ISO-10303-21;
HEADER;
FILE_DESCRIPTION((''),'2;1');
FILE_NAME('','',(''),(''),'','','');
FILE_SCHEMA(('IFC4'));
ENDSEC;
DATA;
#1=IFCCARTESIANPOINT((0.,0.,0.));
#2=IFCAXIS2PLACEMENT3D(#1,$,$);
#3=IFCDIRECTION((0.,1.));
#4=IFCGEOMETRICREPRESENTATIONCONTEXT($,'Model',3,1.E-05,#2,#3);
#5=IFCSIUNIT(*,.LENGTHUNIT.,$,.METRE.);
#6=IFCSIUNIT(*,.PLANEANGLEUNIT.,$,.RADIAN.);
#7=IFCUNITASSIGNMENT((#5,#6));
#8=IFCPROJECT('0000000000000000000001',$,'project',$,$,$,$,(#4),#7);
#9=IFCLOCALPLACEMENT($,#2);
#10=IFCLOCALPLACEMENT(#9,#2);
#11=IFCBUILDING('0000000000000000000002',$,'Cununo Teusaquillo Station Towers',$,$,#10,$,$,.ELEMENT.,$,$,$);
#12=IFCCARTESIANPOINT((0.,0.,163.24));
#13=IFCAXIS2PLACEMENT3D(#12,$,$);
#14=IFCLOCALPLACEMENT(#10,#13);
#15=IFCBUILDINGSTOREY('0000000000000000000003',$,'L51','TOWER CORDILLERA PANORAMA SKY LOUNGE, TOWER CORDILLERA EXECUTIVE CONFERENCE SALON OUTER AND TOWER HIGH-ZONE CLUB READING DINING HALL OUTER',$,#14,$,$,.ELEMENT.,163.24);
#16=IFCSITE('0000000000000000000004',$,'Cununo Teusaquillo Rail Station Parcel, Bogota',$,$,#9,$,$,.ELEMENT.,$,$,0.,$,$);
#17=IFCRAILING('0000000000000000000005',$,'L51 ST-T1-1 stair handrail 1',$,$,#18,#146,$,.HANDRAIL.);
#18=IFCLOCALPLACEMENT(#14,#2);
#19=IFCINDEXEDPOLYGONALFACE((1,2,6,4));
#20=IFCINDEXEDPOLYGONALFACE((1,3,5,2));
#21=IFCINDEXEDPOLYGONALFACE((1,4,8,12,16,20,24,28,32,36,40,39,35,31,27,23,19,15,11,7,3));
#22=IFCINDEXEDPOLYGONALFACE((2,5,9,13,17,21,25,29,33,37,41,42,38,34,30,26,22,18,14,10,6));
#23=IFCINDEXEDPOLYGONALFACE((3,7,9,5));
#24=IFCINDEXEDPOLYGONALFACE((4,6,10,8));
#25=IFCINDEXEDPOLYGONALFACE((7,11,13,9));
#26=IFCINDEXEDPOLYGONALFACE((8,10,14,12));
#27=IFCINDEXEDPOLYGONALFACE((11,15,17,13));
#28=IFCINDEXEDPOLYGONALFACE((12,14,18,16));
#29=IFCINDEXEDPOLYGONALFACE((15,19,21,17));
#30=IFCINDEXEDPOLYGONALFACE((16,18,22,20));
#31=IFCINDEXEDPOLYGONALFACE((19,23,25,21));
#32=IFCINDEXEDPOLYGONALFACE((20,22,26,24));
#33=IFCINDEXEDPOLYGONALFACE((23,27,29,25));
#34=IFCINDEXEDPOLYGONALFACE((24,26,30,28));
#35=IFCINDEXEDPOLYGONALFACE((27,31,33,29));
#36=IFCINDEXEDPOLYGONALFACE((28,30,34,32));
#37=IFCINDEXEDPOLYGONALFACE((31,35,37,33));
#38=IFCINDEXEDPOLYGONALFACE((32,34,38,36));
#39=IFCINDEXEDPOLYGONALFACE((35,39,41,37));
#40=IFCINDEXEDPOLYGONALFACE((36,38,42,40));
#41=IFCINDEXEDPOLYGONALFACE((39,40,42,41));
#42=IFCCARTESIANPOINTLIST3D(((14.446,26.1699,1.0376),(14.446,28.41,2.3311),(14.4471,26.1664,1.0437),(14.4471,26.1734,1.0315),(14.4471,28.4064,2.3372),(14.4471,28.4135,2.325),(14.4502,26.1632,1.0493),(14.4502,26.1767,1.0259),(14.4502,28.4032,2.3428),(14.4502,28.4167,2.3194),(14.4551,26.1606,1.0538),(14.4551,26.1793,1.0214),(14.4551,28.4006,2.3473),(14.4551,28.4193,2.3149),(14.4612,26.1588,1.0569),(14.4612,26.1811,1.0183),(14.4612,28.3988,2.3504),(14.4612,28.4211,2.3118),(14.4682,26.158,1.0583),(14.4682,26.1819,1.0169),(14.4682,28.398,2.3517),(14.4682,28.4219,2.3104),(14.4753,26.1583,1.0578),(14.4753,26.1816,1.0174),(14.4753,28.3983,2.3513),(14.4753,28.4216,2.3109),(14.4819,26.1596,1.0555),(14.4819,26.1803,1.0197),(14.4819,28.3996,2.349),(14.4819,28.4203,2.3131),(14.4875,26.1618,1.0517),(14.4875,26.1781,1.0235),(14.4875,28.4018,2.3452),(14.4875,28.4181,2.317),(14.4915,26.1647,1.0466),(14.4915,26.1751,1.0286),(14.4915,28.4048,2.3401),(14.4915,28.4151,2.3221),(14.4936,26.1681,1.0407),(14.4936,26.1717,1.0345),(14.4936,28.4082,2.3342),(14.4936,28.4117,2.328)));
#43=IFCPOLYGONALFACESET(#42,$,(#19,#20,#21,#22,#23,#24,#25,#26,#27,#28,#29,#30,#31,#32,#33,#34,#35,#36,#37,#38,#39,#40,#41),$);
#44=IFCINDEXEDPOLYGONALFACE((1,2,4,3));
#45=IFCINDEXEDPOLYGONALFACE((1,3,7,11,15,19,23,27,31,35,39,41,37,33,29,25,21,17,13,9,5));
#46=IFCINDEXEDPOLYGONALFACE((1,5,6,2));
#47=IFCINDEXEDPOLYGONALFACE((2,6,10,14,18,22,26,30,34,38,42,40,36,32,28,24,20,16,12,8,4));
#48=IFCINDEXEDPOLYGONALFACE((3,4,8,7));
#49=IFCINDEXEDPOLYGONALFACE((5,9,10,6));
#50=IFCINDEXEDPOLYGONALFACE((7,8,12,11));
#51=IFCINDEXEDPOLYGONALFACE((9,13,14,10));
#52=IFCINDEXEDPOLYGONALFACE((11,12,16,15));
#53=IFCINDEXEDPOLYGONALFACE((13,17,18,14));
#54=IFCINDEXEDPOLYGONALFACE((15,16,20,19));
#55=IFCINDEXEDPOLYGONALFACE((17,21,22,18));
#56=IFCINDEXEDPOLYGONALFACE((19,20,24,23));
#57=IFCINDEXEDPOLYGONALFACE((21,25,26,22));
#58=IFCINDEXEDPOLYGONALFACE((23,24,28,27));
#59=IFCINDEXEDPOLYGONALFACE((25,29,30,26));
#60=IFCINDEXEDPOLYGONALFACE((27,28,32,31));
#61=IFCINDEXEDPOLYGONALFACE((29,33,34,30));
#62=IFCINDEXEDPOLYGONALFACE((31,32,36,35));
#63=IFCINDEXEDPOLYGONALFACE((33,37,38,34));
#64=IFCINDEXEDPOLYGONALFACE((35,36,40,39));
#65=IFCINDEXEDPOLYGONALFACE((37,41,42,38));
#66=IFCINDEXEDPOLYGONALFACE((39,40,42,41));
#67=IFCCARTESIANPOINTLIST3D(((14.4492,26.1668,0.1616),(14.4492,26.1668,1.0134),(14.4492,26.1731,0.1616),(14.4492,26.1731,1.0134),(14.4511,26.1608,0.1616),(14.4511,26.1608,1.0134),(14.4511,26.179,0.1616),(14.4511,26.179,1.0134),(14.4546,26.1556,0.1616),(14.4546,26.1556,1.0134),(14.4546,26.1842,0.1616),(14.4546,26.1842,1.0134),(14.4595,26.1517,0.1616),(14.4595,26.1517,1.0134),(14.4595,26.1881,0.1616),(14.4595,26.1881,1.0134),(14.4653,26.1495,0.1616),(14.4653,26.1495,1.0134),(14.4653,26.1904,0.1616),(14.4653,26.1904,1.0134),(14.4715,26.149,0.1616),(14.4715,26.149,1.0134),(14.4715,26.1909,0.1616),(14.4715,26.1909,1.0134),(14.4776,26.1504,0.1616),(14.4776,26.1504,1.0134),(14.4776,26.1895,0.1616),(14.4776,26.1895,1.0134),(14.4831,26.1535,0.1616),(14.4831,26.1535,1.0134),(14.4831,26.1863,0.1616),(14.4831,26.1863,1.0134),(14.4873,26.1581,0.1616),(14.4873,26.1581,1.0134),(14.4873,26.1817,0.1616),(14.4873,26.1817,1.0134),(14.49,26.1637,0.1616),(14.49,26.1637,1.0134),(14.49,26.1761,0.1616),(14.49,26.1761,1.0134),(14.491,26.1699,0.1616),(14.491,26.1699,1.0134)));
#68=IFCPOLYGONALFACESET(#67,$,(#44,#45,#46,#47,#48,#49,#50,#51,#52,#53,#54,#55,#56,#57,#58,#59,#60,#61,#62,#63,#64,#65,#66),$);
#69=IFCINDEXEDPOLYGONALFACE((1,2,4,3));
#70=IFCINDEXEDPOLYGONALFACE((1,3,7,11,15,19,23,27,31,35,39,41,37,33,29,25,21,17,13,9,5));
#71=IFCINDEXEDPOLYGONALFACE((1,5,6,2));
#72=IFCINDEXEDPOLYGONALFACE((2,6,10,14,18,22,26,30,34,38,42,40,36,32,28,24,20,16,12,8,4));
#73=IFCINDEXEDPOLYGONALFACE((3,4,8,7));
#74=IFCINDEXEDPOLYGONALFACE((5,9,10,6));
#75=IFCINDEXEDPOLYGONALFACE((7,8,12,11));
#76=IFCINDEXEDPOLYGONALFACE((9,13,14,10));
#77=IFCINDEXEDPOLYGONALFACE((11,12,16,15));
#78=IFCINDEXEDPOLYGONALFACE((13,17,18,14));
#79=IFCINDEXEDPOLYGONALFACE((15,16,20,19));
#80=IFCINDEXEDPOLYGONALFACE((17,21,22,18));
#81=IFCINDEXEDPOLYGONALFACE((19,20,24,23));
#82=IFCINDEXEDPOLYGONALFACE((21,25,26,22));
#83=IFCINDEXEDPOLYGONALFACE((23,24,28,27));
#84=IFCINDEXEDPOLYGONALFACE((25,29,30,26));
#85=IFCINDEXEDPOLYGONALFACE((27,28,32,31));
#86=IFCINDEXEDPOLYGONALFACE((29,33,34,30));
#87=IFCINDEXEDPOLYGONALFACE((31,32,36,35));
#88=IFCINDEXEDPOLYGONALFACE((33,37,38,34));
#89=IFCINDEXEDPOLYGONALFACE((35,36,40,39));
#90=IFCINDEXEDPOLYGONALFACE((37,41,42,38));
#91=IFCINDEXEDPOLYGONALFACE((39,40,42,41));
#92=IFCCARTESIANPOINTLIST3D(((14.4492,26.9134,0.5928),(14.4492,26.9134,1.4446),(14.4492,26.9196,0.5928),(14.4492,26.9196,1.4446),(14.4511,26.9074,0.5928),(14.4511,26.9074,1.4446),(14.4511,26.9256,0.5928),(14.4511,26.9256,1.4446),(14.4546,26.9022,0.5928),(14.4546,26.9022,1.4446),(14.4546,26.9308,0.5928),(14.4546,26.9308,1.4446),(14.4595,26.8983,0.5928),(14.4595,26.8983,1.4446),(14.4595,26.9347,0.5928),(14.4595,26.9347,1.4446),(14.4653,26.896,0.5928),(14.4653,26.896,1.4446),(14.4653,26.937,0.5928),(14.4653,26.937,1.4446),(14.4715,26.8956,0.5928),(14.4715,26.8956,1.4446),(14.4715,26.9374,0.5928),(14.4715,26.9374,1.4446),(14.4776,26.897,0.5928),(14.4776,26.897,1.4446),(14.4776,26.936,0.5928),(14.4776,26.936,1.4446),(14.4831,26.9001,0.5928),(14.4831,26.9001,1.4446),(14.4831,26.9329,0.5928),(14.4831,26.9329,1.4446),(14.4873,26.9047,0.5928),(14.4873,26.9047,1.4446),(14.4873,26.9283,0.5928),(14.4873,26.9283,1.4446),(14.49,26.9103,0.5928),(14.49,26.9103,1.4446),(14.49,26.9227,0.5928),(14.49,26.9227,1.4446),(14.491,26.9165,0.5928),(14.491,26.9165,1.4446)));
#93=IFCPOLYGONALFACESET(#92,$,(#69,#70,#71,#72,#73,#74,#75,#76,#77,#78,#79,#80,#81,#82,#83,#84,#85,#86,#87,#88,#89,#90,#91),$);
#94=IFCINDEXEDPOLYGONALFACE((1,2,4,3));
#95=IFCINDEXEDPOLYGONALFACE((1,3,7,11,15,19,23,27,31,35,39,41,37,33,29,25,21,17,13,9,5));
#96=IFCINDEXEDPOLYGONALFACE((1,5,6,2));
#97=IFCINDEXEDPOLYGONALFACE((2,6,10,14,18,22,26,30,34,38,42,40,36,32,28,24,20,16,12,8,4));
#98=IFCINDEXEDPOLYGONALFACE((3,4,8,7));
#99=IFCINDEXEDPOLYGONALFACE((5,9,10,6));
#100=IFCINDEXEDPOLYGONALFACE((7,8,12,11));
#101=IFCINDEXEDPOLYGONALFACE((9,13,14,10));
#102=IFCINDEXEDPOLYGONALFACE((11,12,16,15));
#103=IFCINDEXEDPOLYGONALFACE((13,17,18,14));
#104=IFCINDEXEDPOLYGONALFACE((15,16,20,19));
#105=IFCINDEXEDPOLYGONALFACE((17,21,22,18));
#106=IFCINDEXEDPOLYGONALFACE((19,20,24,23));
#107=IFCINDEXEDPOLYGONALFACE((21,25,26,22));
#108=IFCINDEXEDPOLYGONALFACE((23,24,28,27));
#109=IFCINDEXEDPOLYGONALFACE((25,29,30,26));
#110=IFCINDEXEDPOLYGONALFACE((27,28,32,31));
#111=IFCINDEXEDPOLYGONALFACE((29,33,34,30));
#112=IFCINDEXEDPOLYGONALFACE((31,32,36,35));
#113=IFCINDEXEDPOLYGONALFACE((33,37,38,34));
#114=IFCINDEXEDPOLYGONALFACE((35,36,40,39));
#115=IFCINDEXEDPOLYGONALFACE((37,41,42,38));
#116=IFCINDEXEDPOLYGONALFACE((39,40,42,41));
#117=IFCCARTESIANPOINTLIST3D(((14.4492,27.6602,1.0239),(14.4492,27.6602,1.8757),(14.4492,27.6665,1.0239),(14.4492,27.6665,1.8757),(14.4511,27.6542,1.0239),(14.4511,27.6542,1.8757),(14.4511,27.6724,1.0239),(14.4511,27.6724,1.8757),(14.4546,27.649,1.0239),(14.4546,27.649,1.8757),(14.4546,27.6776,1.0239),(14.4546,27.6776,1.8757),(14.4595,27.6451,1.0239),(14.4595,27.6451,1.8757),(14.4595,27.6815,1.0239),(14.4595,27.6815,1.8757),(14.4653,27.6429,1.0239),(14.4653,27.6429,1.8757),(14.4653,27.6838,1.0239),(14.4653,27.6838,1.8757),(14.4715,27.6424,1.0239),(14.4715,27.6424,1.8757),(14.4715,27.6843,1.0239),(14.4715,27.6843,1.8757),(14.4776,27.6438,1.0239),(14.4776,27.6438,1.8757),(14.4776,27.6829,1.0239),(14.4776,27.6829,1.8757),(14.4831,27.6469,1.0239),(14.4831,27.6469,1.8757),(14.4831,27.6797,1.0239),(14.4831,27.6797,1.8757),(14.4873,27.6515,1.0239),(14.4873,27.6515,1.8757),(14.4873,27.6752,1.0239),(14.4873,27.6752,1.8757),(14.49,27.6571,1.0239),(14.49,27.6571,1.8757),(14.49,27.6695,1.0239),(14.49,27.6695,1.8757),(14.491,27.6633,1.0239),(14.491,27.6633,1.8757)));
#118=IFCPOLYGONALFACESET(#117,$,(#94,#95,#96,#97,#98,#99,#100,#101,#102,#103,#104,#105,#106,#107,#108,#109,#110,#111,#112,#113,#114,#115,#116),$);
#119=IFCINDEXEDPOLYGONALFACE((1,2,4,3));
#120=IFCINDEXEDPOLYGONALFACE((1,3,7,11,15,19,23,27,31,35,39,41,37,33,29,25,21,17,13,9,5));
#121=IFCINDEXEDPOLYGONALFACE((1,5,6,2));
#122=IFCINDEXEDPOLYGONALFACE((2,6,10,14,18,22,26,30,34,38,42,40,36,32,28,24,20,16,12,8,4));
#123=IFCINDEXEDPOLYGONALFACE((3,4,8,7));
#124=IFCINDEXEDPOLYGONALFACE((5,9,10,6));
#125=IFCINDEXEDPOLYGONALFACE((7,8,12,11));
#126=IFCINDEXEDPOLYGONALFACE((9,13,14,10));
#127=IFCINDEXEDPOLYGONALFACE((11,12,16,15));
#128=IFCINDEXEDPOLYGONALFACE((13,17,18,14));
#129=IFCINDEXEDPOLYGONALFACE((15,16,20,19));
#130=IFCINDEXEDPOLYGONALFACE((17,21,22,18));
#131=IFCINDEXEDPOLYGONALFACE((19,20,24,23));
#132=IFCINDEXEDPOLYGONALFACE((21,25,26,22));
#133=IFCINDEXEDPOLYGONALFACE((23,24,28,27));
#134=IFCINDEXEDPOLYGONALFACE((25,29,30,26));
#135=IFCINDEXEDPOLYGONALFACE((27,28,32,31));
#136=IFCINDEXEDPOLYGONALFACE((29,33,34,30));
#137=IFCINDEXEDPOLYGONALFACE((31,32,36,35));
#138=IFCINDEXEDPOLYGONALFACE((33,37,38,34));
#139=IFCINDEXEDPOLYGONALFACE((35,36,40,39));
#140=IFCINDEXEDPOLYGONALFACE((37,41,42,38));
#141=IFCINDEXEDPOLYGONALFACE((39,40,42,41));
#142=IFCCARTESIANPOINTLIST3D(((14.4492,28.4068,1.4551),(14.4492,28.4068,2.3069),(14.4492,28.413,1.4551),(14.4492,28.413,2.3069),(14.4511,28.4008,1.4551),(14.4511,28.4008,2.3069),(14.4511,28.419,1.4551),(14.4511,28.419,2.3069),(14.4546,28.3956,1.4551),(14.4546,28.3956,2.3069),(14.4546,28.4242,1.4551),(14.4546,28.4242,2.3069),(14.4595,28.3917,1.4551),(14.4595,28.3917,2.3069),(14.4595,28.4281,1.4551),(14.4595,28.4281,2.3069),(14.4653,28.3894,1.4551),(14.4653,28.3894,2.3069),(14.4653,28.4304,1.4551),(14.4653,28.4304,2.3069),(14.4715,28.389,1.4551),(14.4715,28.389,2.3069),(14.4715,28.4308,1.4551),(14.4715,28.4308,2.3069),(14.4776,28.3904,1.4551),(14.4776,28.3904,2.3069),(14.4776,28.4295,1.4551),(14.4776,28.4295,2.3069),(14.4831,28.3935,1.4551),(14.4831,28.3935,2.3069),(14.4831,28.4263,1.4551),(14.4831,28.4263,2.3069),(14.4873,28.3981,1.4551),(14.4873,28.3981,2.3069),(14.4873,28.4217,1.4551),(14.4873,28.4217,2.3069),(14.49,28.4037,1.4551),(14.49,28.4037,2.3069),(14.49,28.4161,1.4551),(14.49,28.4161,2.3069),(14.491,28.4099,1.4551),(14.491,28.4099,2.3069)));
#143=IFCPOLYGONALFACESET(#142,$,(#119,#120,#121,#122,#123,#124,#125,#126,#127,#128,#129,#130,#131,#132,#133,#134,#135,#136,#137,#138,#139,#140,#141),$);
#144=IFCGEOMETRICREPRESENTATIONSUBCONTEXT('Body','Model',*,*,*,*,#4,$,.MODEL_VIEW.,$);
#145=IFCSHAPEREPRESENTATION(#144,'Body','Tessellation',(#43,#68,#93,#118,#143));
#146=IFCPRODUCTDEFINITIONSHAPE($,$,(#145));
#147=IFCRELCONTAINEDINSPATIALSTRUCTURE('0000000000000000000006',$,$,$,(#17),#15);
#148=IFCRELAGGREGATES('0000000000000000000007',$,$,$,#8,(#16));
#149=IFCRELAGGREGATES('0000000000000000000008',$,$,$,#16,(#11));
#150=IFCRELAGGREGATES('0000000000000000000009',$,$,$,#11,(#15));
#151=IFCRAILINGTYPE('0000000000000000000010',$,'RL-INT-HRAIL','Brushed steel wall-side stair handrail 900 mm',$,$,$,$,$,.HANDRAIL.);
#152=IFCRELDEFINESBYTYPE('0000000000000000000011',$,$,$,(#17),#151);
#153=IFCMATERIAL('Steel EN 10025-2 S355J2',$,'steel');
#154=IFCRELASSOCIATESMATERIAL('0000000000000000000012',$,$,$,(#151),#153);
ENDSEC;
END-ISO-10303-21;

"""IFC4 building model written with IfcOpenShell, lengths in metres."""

from ifc_helpers import new_model, si_unit, direction, frame, origin, origin_2d, place, context, subcontext, project, spatial, circle, extrude, material, type_object, element, save


model = new_model("IFC4")

# Units and contexts
model_context = context("Model", 3, precision=1e-05, world=origin(), true_north=direction((0.0, 1.0)))
body_context = subcontext(model_context, "Body", "Model", "MODEL_VIEW")
ifc_project = project(units=[si_unit("LENGTHUNIT", "METRE"), si_unit("PLANEANGLEUNIT", "RADIAN")], contexts=[model_context])

# Site, building, storey
site_placement = place(None, origin())
site = spatial("IfcSite", under=ifc_project, at=site_placement, Name="Cununo Teusaquillo Rail Station Parcel, Bogota", CompositionType="ELEMENT", RefElevation=0.0)
building_placement = place(site_placement, origin())
building = spatial("IfcBuilding", under=site, at=building_placement, Name="Cununo Teusaquillo Station Towers", CompositionType="ELEMENT")
storey_placement = place(building_placement, frame((0.0, 0.0, 163.24)))
storey = spatial("IfcBuildingStorey", under=building, at=storey_placement, Name="L51", Description="TOWER CORDILLERA PANORAMA SKY LOUNGE, TOWER CORDILLERA EXECUTIVE CONFERENCE SALON OUTER AND TOWER HIGH-ZONE CLUB READING DINING HALL OUTER", CompositionType="ELEMENT", Elevation=163.24)

# Railing
ifc_material_1 = material(Name="Steel EN 10025-2 S355J2", Category="steel")
railing_type_1 = type_object("IfcRailingType", Name="RL-INT-HRAIL", Description="Brushed steel wall-side stair handrail 900 mm", PredefinedType="HANDRAIL", material=ifc_material_1)
railing_1_placement = place(storey_placement, frame((14.47, 26.1699, 0.1616)))
element("IfcRailing", 1, at=railing_1_placement, inside=storey, type_object=railing_type_1, Name="L51 ST-T1-1 stair handrail 1", PredefinedType="HANDRAIL", context=body_context, shape_type="SweptSolid", body=[
    extrude(circle(Radius=0.0239, at=origin_2d()), frame((0.0, 0.0, 0.876), z_axis=(0.0, 0.865992, 0.500057), x_axis=(-1.0, 0.0, 0.0)), (0.0, 0.0, 1.0), 2.5867),
    extrude(circle(Radius=0.021, at=origin_2d()), origin(), (0.0, 0.0, 1.0), 0.8518),
    extrude(circle(Radius=0.021, at=origin_2d()), frame((0.0, 0.7466, 0.4312)), (0.0, 0.0, 1.0), 0.8518),
    extrude(circle(Radius=0.021, at=origin_2d()), frame((0.0, 1.4934, 0.8623)), (0.0, 0.0, 1.0), 0.8518),
    extrude(circle(Radius=0.021, at=origin_2d()), frame((0.0, 2.24, 1.2935)), (0.0, 0.0, 1.0), 0.8518),
])

save(model, "model.ifc")
